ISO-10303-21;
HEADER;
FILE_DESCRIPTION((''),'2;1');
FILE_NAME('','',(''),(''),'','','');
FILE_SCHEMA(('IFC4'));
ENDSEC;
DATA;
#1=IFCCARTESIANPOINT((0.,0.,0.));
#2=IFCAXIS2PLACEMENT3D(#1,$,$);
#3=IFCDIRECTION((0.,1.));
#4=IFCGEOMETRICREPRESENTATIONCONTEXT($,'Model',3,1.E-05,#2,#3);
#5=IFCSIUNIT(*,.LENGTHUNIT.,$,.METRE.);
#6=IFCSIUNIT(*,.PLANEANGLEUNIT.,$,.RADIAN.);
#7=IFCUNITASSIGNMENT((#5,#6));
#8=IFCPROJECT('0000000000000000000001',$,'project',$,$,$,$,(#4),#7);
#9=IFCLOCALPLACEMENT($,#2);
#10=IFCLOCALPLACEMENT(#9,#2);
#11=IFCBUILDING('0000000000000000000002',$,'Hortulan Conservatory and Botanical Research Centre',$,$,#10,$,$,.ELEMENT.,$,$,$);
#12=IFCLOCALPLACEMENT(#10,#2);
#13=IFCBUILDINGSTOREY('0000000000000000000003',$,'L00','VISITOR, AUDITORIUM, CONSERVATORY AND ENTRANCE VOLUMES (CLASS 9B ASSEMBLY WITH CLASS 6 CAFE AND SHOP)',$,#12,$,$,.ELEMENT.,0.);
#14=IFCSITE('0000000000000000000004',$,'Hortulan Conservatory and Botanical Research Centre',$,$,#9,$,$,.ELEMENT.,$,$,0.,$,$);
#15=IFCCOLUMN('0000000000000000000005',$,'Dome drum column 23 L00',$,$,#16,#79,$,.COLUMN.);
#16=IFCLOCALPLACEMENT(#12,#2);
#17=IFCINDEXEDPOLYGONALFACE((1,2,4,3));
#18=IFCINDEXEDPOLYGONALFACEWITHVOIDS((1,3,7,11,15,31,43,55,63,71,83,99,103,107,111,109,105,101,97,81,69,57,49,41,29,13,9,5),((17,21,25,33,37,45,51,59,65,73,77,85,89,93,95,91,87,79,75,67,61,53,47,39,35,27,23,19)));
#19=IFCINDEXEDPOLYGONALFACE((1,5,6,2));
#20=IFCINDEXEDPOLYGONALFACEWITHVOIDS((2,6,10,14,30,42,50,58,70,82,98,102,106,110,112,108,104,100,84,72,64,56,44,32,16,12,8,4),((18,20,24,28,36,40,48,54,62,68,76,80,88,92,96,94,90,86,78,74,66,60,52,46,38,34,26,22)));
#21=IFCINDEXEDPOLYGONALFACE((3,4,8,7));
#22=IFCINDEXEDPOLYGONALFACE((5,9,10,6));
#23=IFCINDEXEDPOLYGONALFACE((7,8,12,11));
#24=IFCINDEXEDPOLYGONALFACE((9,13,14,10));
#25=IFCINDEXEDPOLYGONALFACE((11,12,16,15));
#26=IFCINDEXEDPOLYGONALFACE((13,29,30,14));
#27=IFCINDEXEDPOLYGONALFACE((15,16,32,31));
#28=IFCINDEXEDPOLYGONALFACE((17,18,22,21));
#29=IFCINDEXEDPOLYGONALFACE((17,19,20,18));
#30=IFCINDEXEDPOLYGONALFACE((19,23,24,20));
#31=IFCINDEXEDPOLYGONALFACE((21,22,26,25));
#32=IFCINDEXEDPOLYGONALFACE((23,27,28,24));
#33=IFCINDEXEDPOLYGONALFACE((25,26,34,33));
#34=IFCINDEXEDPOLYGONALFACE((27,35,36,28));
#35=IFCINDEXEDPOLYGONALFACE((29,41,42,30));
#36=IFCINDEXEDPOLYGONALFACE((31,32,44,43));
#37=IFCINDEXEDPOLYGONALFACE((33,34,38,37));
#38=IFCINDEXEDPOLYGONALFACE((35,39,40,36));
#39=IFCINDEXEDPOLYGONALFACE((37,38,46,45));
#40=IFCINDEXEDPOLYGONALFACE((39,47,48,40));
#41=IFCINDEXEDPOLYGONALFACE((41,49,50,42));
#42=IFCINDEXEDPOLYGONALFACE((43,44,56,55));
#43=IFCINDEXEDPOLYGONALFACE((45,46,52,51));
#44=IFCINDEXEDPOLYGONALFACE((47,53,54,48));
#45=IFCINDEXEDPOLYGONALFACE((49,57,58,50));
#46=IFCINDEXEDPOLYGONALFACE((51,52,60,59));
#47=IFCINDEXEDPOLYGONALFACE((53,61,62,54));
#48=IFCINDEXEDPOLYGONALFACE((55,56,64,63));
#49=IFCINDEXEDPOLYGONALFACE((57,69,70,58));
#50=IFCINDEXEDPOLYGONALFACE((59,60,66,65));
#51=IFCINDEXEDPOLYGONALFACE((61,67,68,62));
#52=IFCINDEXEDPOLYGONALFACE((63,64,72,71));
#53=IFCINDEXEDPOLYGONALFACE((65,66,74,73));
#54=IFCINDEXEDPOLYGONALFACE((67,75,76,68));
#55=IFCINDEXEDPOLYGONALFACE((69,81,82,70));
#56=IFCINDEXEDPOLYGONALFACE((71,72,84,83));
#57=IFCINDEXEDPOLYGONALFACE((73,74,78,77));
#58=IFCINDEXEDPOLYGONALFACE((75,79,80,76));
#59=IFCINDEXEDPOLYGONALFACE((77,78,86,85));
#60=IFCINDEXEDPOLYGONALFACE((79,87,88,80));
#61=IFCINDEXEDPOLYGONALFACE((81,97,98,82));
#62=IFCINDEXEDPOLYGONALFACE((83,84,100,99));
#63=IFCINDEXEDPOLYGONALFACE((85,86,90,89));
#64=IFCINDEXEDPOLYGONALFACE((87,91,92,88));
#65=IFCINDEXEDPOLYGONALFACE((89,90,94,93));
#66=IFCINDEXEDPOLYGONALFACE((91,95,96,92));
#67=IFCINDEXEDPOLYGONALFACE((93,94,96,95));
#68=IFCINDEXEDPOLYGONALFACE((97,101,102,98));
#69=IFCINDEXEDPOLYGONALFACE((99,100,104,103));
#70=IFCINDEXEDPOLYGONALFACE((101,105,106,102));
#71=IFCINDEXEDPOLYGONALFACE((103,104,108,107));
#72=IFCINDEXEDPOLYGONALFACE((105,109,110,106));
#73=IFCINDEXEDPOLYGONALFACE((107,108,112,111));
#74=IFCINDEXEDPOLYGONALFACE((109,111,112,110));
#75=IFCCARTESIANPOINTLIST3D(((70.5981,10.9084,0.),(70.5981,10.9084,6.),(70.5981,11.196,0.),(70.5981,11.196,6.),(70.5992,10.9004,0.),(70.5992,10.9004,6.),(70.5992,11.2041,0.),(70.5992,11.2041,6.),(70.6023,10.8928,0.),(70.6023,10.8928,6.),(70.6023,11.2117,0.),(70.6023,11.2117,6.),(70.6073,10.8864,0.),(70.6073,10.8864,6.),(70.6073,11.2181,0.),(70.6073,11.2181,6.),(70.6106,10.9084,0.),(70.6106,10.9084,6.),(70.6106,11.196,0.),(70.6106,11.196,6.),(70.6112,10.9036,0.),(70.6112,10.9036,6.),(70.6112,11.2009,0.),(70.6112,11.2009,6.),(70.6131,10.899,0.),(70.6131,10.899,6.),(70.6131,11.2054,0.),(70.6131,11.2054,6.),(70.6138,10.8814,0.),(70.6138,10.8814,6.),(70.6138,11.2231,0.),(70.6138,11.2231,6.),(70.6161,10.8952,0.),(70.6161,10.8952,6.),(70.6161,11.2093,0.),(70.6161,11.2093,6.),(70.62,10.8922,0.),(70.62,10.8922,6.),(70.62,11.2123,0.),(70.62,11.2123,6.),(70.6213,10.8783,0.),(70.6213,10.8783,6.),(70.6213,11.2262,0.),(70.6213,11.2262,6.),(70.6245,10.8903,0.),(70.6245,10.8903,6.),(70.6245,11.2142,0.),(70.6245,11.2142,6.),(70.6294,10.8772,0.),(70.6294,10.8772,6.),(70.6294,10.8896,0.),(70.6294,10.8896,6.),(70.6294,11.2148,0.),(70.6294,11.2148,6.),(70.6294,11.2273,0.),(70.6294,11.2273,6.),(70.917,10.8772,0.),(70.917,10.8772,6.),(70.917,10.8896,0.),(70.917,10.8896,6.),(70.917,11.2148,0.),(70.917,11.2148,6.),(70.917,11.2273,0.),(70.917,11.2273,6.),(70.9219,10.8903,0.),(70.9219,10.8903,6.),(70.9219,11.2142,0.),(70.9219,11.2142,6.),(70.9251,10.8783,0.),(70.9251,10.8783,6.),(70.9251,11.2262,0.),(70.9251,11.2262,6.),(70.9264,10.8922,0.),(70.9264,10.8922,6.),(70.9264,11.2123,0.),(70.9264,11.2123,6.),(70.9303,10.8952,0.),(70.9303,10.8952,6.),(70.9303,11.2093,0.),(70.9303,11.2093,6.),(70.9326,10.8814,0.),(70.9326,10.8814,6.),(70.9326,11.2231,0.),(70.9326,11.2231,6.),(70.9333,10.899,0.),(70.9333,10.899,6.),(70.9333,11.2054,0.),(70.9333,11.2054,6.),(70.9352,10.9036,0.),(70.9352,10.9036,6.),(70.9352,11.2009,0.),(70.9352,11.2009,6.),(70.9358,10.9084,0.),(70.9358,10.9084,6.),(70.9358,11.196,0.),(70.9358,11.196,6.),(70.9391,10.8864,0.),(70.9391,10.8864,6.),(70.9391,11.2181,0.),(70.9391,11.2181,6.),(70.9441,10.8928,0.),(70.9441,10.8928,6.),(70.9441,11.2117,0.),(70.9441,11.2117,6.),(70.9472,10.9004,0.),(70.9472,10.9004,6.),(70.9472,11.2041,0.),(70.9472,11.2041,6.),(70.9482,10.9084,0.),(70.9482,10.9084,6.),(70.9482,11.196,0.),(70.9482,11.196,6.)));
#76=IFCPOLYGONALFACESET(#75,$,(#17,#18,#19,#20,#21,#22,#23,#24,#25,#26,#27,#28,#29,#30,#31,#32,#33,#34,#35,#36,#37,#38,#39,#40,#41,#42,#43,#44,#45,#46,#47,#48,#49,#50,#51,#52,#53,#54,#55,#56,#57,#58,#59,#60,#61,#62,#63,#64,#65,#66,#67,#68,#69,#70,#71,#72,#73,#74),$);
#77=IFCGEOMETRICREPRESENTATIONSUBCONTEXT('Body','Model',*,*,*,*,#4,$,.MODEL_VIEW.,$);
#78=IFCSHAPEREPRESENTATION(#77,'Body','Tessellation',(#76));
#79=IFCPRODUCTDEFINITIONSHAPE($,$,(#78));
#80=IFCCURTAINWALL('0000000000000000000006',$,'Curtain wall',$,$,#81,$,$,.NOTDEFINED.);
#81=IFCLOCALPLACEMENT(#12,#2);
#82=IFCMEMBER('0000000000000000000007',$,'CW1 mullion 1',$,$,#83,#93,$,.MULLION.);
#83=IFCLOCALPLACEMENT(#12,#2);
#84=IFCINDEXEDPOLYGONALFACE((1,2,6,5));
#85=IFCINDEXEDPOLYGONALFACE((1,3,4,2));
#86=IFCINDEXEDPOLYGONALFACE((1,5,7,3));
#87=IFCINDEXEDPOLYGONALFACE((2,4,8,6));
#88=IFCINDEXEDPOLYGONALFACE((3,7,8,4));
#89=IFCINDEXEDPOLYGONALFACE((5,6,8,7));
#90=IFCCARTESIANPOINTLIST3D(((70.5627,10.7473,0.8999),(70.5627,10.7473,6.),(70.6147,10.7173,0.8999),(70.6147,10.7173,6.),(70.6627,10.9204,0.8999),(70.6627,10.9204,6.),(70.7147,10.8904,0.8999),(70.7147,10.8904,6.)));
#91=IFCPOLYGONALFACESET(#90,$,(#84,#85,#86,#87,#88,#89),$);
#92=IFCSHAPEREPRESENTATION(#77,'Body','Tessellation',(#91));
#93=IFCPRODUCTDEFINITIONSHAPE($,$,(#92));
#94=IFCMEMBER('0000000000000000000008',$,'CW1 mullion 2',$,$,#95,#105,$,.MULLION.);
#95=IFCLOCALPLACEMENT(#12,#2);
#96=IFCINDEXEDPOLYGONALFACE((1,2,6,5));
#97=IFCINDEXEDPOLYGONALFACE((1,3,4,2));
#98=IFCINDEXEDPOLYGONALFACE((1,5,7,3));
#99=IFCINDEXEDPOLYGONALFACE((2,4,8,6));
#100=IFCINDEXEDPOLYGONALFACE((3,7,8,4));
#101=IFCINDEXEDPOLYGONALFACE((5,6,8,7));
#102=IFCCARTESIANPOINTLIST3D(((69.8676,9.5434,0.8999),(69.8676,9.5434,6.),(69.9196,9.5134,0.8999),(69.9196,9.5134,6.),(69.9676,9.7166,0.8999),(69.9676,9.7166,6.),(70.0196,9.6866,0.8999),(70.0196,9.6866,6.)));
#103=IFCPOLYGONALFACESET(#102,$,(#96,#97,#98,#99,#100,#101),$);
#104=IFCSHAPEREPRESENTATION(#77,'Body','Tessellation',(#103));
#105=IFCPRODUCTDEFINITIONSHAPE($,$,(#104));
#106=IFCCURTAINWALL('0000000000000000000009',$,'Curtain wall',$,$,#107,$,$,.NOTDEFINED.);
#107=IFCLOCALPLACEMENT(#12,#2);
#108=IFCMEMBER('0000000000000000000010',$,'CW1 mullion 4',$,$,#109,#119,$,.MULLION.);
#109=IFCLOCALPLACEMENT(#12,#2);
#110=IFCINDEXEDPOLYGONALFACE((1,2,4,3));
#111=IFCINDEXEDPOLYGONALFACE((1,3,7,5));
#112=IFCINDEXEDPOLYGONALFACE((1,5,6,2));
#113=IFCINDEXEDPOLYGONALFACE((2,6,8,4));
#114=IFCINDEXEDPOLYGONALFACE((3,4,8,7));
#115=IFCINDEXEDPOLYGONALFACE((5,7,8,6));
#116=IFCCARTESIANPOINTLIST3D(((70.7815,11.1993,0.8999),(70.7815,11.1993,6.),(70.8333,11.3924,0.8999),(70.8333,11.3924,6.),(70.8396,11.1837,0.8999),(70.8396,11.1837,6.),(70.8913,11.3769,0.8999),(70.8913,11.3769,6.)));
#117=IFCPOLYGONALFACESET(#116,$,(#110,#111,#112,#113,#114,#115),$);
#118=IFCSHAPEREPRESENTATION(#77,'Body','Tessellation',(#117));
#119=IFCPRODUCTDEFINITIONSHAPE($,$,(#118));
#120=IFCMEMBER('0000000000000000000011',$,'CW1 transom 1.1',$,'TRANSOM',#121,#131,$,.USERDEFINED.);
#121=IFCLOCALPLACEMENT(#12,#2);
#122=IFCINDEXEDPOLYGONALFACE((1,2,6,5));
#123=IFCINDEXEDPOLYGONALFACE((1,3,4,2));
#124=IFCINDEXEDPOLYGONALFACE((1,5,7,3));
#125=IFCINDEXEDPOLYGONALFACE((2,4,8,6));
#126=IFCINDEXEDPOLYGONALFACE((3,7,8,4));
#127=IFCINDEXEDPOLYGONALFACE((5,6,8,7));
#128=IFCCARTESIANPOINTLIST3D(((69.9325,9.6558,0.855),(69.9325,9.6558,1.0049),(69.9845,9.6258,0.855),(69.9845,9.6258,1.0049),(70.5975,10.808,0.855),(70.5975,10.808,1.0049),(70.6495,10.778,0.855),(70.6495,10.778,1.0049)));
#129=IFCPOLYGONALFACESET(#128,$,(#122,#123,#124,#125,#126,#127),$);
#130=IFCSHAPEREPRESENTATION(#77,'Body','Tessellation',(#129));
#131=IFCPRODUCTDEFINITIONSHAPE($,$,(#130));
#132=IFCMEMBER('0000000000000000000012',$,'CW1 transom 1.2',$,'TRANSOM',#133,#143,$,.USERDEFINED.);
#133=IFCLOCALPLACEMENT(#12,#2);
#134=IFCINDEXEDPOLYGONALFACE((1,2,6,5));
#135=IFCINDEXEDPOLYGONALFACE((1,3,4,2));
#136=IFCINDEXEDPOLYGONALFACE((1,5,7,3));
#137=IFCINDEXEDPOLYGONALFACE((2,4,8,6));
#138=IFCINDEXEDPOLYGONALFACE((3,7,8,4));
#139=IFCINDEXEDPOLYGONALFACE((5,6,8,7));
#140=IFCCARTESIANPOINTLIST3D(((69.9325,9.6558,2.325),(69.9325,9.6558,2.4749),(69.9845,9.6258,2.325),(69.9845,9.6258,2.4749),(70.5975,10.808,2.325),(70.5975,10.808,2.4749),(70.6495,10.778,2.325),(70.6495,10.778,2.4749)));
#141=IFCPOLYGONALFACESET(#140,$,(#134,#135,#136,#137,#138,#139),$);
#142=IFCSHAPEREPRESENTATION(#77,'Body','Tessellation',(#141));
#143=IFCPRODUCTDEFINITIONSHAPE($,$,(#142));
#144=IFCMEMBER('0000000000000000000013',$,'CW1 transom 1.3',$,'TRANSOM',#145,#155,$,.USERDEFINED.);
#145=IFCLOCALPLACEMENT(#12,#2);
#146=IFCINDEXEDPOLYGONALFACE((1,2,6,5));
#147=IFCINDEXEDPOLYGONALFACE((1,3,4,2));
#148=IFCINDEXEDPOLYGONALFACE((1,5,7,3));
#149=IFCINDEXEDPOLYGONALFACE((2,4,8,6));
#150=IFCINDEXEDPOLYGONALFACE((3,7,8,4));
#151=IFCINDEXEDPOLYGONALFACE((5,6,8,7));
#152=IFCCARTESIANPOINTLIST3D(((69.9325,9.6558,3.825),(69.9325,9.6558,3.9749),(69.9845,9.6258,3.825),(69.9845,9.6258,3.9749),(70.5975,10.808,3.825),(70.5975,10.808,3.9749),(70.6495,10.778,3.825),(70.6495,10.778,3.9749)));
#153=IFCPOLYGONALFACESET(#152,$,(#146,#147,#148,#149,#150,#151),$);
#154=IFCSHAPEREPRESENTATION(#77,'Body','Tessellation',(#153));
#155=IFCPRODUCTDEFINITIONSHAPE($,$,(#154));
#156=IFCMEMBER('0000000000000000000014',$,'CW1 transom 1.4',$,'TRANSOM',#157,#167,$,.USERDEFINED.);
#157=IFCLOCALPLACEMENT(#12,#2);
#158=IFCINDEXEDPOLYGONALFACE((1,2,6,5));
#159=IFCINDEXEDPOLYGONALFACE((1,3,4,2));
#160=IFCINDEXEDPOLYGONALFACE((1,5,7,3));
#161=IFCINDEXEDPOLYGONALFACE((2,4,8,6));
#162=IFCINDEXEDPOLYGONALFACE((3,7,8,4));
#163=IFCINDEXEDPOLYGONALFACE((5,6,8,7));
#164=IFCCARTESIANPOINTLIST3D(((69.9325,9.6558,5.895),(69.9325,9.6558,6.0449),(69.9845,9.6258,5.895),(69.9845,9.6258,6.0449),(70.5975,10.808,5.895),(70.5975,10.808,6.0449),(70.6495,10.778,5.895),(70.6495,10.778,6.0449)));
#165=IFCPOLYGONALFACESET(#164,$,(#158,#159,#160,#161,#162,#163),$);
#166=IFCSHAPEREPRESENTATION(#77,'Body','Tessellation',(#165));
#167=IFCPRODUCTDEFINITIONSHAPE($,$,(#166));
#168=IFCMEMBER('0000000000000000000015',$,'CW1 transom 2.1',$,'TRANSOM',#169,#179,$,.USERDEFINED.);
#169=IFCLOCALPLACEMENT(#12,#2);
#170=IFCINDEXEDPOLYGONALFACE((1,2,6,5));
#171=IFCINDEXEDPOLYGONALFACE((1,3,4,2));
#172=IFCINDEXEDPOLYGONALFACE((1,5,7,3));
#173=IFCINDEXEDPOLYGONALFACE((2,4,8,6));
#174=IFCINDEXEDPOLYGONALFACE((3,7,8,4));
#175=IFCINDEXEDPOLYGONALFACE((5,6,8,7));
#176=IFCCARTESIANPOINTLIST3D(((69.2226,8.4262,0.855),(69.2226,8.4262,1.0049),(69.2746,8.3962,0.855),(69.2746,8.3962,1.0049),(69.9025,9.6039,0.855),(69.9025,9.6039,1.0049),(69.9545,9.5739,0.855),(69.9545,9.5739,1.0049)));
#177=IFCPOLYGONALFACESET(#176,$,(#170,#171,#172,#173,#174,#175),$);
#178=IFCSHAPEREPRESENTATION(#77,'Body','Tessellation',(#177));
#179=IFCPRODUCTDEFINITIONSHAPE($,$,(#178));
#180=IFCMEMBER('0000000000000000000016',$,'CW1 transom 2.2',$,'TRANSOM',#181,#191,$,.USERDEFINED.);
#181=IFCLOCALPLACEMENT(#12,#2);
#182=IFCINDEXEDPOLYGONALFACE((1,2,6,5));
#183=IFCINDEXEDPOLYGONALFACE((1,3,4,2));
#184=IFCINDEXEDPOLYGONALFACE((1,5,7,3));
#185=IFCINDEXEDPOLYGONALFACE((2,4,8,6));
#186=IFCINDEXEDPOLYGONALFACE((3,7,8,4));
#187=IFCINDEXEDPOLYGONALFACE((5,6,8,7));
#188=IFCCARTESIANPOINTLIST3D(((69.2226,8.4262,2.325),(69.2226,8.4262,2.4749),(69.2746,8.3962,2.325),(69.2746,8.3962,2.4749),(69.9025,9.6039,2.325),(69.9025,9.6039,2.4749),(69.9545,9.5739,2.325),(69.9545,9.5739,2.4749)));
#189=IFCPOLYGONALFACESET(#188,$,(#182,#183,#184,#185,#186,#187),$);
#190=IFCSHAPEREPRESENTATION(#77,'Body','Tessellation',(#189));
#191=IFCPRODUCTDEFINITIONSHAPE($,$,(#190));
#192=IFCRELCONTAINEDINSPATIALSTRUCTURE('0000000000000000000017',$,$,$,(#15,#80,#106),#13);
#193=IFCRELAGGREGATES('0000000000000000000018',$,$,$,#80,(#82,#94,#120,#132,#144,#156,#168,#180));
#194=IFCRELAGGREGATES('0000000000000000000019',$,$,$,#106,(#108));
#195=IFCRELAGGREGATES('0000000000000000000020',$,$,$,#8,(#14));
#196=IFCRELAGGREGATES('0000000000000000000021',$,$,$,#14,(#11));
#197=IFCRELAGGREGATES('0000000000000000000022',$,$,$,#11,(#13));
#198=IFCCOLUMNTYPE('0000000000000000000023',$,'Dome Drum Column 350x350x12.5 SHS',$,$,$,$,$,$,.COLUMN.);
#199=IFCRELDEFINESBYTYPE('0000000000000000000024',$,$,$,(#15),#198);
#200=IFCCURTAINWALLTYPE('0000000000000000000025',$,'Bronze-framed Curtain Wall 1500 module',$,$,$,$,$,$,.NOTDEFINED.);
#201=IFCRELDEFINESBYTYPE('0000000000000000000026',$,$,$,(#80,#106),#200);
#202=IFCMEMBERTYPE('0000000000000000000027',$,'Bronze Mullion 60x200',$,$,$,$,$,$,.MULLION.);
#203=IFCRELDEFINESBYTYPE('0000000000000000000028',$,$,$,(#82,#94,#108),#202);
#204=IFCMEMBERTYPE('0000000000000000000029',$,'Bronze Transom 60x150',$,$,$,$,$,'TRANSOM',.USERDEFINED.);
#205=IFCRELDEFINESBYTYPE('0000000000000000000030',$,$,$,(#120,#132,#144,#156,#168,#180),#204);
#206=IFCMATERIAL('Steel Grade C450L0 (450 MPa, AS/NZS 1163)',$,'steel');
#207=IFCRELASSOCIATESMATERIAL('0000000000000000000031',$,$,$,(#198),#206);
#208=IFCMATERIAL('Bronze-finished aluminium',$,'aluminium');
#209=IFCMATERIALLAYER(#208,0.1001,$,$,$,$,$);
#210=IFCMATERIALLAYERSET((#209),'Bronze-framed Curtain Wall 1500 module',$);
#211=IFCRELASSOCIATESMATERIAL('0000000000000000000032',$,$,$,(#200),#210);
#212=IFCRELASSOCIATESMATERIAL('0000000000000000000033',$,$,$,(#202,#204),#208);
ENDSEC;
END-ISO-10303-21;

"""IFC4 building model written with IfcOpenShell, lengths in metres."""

from ifc_helpers import new_model, si_unit, direction, frame, origin, origin_2d, place, context, subcontext, project, spatial, rectangle, hollow_rectangle, extrude, material, layer, layer_set, material_profile, profile_set, type_object, element, aggregate, save


model = new_model("IFC4")

# Units and contexts
model_context = context("Model", 3, precision=1e-05, world=origin(), true_north=direction((0.0, 1.0)))
body_context = subcontext(model_context, "Body", "Model", "MODEL_VIEW")
ifc_project = project(units=[si_unit("LENGTHUNIT", "METRE"), si_unit("PLANEANGLEUNIT", "RADIAN")], contexts=[model_context])

# Site, building, storey
site_placement = place(None, origin())
site = spatial("IfcSite", under=ifc_project, at=site_placement, Name="Hortulan Conservatory and Botanical Research Centre", CompositionType="ELEMENT", RefElevation=0.0)
building_placement = place(site_placement, origin())
building = spatial("IfcBuilding", under=site, at=building_placement, Name="Hortulan Conservatory and Botanical Research Centre", CompositionType="ELEMENT")
storey_placement = place(building_placement, origin())
storey = spatial("IfcBuildingStorey", under=building, at=storey_placement, Name="L00", Description="VISITOR, AUDITORIUM, CONSERVATORY AND ENTRANCE VOLUMES (CLASS 9B ASSEMBLY WITH CLASS 6 CAFE AND SHOP)", CompositionType="ELEMENT", Elevation=0.0)

# Column
ifc_material_1 = material(Name="Steel Grade C450L0 (450 MPa, AS/NZS 1163)", Category="steel")
ifc_material_profile_1 = material_profile(ifc_material_1, hollow_rectangle(XDim=0.3501, YDim=0.3501, WallThickness=0.0125, InnerFilletRadius=0.0188, OuterFilletRadius=0.0312, at=origin_2d()), Name="350x350x12.5SHS")
ifc_profile_set_1 = profile_set([ifc_material_profile_1], Name="Steel Grade C450L0 (450 MPa, AS/NZS 1163)")
column_type = type_object("IfcColumnType", Name="Dome Drum Column 350x350x12.5 SHS", PredefinedType="COLUMN", material=ifc_profile_set_1)
column_placement = place(storey_placement, frame((70.7732, 11.0522, 0.0), z_axis=(0.0, 0.0, 1.0), x_axis=(1.0, 0.0, 0.0)))
element("IfcColumn", 1, at=column_placement, inside=storey, type_object=column_type, Name="Dome drum column 23 L00", PredefinedType="COLUMN", context=body_context, shape_type="SweptSolid", body=[
    extrude(hollow_rectangle(XDim=0.3501, YDim=0.3501, WallThickness=0.0125, InnerFilletRadius=0.0188, OuterFilletRadius=0.0312, at=origin_2d()), origin(), (0.0, 0.0, 1.0), 6.0),
])

# Curtain wall, members
ifc_material_2 = material(Name="Bronze-finished aluminium", Category="aluminium")
ifc_layer_1 = layer(ifc_material_2, 0.1001)
ifc_layer_set_1 = layer_set([ifc_layer_1], Name="Bronze-framed Curtain Wall 1500 module")
curtain_wall_type = type_object("IfcCurtainWallType", Name="Bronze-framed Curtain Wall 1500 module", PredefinedType="NOTDEFINED", material=ifc_layer_set_1)
curtain_wall_1_placement = place(storey_placement, origin())
curtain_wall_1 = element("IfcCurtainWall", 2, at=curtain_wall_1_placement, inside=storey, type_object=curtain_wall_type, Name="Curtain wall", PredefinedType="NOTDEFINED")
ifc_material_profile_2 = material_profile(ifc_material_2, rectangle(XDim=0.0601, YDim=0.2, at=origin_2d()), Name="Bronze Mullion 60x200")
ifc_profile_set_2 = profile_set([ifc_material_profile_2], Name="Bronze-finished aluminium")
member_type_1 = type_object("IfcMemberType", Name="Bronze Mullion 60x200", PredefinedType="MULLION", material=ifc_profile_set_2)
member_1_placement = place(storey_placement, frame((70.6387, 10.8188, 0.8999), z_axis=(0.0, 0.0, 1.0), x_axis=(0.866036, -0.499981, 0.0)))
member_1 = element("IfcMember", 3, at=member_1_placement, type_object=member_type_1, Name="CW1 mullion 1", PredefinedType="MULLION", context=body_context, shape_type="SweptSolid", body=[
    extrude(rectangle(XDim=0.0601, YDim=0.2, at=origin_2d()), origin(), (0.0, 0.0, 1.0), 5.1001),
])
member_2_placement = place(storey_placement, frame((69.9436, 9.615, 0.8999), z_axis=(0.0, 0.0, 1.0), x_axis=(0.866036, -0.499981, 0.0)))
member_2 = element("IfcMember", 4, at=member_2_placement, type_object=member_type_1, Name="CW1 mullion 2", PredefinedType="MULLION", context=body_context, shape_type="SweptSolid", body=[
    extrude(rectangle(XDim=0.0601, YDim=0.2, at=origin_2d()), origin(), (0.0, 0.0, 1.0), 5.1001),
])

# Curtain wall, member
curtain_wall_2_placement = place(storey_placement, origin())
curtain_wall_2 = element("IfcCurtainWall", 5, at=curtain_wall_2_placement, inside=storey, type_object=curtain_wall_type, Name="Curtain wall", PredefinedType="NOTDEFINED")
member_3_placement = place(storey_placement, frame((70.8364, 11.2881, 0.8999), z_axis=(0.0, 0.0, 1.0), x_axis=(0.965922, -0.258832, 0.0)))
member_3 = element("IfcMember", 6, at=member_3_placement, type_object=member_type_1, Name="CW1 mullion 4", PredefinedType="MULLION", context=body_context, shape_type="SweptSolid", body=[
    extrude(rectangle(XDim=0.0601, YDim=0.2, at=origin_2d()), origin(), (0.0, 0.0, 1.0), 5.1001),
])

# Members
ifc_material_profile_3 = material_profile(ifc_material_2, rectangle(XDim=0.0601, YDim=0.1499, at=origin_2d()), Name="Bronze Transom 60x150")
ifc_profile_set_3 = profile_set([ifc_material_profile_3], Name="Bronze-finished aluminium")
member_type_2 = type_object("IfcMemberType", Name="Bronze Transom 60x150", ElementType="TRANSOM", PredefinedType="USERDEFINED", material=ifc_profile_set_3)
member_4_placement = place(storey_placement, frame((70.6235, 10.793, 0.9299), z_axis=(-0.499929, -0.866066, 0.0), x_axis=(0.866066, -0.499929, 0.0)))
member_4 = element("IfcMember", 7, at=member_4_placement, type_object=member_type_2, Name="CW1 transom 1.1", ObjectType="TRANSOM", PredefinedType="USERDEFINED", context=body_context, shape_type="SweptSolid", body=[
    extrude(rectangle(XDim=0.0601, YDim=0.1499, at=origin_2d()), origin(), (0.0, 0.0, 1.0), 1.3303),
])
member_5_placement = place(storey_placement, frame((70.6235, 10.793, 2.3999), z_axis=(-0.499929, -0.866066, 0.0), x_axis=(0.866066, -0.499929, 0.0)))
member_5 = element("IfcMember", 8, at=member_5_placement, type_object=member_type_2, Name="CW1 transom 1.2", ObjectType="TRANSOM", PredefinedType="USERDEFINED", context=body_context, shape_type="SweptSolid", body=[
    extrude(rectangle(XDim=0.0601, YDim=0.1499, at=origin_2d()), origin(), (0.0, 0.0, 1.0), 1.3303),
])
member_6_placement = place(storey_placement, frame((70.6235, 10.793, 3.8999), z_axis=(-0.499929, -0.866066, 0.0), x_axis=(0.866066, -0.499929, 0.0)))
member_6 = element("IfcMember", 9, at=member_6_placement, type_object=member_type_2, Name="CW1 transom 1.3", ObjectType="TRANSOM", PredefinedType="USERDEFINED", context=body_context, shape_type="SweptSolid", body=[
    extrude(rectangle(XDim=0.0601, YDim=0.1499, at=origin_2d()), origin(), (0.0, 0.0, 1.0), 1.3303),
])
member_7_placement = place(storey_placement, frame((70.6235, 10.793, 5.97), z_axis=(-0.499929, -0.866066, 0.0), x_axis=(0.866066, -0.499929, 0.0)))
member_7 = element("IfcMember", 10, at=member_7_placement, type_object=member_type_2, Name="CW1 transom 1.4", ObjectType="TRANSOM", PredefinedType="USERDEFINED", context=body_context, shape_type="SweptSolid", body=[
    extrude(rectangle(XDim=0.0601, YDim=0.1499, at=origin_2d()), origin(), (0.0, 0.0, 1.0), 1.3303),
])
member_8_placement = place(storey_placement, frame((69.9285, 9.5889, 0.9299), z_axis=(-0.499981, -0.866036, 0.0), x_axis=(0.866036, -0.499981, 0.0)))
member_8 = element("IfcMember", 11, at=member_8_placement, type_object=member_type_2, Name="CW1 transom 2.1", ObjectType="TRANSOM", PredefinedType="USERDEFINED", context=body_context, shape_type="SweptSolid", body=[
    extrude(rectangle(XDim=0.0601, YDim=0.1499, at=origin_2d()), origin(), (0.0, 0.0, 1.0), 1.3599),
])
member_9_placement = place(storey_placement, frame((69.9285, 9.5889, 2.3999), z_axis=(-0.499981, -0.866036, 0.0), x_axis=(0.866036, -0.499981, 0.0)))
member_9 = element("IfcMember", 12, at=member_9_placement, type_object=member_type_2, Name="CW1 transom 2.2", ObjectType="TRANSOM", PredefinedType="USERDEFINED", context=body_context, shape_type="SweptSolid", body=[
    extrude(rectangle(XDim=0.0601, YDim=0.1499, at=origin_2d()), origin(), (0.0, 0.0, 1.0), 1.3599),
])

aggregate(curtain_wall_1, [member_1, member_2, member_4, member_5, member_6, member_7, member_8, member_9])
aggregate(curtain_wall_2, [member_3])

save(model, "model.ifc")
